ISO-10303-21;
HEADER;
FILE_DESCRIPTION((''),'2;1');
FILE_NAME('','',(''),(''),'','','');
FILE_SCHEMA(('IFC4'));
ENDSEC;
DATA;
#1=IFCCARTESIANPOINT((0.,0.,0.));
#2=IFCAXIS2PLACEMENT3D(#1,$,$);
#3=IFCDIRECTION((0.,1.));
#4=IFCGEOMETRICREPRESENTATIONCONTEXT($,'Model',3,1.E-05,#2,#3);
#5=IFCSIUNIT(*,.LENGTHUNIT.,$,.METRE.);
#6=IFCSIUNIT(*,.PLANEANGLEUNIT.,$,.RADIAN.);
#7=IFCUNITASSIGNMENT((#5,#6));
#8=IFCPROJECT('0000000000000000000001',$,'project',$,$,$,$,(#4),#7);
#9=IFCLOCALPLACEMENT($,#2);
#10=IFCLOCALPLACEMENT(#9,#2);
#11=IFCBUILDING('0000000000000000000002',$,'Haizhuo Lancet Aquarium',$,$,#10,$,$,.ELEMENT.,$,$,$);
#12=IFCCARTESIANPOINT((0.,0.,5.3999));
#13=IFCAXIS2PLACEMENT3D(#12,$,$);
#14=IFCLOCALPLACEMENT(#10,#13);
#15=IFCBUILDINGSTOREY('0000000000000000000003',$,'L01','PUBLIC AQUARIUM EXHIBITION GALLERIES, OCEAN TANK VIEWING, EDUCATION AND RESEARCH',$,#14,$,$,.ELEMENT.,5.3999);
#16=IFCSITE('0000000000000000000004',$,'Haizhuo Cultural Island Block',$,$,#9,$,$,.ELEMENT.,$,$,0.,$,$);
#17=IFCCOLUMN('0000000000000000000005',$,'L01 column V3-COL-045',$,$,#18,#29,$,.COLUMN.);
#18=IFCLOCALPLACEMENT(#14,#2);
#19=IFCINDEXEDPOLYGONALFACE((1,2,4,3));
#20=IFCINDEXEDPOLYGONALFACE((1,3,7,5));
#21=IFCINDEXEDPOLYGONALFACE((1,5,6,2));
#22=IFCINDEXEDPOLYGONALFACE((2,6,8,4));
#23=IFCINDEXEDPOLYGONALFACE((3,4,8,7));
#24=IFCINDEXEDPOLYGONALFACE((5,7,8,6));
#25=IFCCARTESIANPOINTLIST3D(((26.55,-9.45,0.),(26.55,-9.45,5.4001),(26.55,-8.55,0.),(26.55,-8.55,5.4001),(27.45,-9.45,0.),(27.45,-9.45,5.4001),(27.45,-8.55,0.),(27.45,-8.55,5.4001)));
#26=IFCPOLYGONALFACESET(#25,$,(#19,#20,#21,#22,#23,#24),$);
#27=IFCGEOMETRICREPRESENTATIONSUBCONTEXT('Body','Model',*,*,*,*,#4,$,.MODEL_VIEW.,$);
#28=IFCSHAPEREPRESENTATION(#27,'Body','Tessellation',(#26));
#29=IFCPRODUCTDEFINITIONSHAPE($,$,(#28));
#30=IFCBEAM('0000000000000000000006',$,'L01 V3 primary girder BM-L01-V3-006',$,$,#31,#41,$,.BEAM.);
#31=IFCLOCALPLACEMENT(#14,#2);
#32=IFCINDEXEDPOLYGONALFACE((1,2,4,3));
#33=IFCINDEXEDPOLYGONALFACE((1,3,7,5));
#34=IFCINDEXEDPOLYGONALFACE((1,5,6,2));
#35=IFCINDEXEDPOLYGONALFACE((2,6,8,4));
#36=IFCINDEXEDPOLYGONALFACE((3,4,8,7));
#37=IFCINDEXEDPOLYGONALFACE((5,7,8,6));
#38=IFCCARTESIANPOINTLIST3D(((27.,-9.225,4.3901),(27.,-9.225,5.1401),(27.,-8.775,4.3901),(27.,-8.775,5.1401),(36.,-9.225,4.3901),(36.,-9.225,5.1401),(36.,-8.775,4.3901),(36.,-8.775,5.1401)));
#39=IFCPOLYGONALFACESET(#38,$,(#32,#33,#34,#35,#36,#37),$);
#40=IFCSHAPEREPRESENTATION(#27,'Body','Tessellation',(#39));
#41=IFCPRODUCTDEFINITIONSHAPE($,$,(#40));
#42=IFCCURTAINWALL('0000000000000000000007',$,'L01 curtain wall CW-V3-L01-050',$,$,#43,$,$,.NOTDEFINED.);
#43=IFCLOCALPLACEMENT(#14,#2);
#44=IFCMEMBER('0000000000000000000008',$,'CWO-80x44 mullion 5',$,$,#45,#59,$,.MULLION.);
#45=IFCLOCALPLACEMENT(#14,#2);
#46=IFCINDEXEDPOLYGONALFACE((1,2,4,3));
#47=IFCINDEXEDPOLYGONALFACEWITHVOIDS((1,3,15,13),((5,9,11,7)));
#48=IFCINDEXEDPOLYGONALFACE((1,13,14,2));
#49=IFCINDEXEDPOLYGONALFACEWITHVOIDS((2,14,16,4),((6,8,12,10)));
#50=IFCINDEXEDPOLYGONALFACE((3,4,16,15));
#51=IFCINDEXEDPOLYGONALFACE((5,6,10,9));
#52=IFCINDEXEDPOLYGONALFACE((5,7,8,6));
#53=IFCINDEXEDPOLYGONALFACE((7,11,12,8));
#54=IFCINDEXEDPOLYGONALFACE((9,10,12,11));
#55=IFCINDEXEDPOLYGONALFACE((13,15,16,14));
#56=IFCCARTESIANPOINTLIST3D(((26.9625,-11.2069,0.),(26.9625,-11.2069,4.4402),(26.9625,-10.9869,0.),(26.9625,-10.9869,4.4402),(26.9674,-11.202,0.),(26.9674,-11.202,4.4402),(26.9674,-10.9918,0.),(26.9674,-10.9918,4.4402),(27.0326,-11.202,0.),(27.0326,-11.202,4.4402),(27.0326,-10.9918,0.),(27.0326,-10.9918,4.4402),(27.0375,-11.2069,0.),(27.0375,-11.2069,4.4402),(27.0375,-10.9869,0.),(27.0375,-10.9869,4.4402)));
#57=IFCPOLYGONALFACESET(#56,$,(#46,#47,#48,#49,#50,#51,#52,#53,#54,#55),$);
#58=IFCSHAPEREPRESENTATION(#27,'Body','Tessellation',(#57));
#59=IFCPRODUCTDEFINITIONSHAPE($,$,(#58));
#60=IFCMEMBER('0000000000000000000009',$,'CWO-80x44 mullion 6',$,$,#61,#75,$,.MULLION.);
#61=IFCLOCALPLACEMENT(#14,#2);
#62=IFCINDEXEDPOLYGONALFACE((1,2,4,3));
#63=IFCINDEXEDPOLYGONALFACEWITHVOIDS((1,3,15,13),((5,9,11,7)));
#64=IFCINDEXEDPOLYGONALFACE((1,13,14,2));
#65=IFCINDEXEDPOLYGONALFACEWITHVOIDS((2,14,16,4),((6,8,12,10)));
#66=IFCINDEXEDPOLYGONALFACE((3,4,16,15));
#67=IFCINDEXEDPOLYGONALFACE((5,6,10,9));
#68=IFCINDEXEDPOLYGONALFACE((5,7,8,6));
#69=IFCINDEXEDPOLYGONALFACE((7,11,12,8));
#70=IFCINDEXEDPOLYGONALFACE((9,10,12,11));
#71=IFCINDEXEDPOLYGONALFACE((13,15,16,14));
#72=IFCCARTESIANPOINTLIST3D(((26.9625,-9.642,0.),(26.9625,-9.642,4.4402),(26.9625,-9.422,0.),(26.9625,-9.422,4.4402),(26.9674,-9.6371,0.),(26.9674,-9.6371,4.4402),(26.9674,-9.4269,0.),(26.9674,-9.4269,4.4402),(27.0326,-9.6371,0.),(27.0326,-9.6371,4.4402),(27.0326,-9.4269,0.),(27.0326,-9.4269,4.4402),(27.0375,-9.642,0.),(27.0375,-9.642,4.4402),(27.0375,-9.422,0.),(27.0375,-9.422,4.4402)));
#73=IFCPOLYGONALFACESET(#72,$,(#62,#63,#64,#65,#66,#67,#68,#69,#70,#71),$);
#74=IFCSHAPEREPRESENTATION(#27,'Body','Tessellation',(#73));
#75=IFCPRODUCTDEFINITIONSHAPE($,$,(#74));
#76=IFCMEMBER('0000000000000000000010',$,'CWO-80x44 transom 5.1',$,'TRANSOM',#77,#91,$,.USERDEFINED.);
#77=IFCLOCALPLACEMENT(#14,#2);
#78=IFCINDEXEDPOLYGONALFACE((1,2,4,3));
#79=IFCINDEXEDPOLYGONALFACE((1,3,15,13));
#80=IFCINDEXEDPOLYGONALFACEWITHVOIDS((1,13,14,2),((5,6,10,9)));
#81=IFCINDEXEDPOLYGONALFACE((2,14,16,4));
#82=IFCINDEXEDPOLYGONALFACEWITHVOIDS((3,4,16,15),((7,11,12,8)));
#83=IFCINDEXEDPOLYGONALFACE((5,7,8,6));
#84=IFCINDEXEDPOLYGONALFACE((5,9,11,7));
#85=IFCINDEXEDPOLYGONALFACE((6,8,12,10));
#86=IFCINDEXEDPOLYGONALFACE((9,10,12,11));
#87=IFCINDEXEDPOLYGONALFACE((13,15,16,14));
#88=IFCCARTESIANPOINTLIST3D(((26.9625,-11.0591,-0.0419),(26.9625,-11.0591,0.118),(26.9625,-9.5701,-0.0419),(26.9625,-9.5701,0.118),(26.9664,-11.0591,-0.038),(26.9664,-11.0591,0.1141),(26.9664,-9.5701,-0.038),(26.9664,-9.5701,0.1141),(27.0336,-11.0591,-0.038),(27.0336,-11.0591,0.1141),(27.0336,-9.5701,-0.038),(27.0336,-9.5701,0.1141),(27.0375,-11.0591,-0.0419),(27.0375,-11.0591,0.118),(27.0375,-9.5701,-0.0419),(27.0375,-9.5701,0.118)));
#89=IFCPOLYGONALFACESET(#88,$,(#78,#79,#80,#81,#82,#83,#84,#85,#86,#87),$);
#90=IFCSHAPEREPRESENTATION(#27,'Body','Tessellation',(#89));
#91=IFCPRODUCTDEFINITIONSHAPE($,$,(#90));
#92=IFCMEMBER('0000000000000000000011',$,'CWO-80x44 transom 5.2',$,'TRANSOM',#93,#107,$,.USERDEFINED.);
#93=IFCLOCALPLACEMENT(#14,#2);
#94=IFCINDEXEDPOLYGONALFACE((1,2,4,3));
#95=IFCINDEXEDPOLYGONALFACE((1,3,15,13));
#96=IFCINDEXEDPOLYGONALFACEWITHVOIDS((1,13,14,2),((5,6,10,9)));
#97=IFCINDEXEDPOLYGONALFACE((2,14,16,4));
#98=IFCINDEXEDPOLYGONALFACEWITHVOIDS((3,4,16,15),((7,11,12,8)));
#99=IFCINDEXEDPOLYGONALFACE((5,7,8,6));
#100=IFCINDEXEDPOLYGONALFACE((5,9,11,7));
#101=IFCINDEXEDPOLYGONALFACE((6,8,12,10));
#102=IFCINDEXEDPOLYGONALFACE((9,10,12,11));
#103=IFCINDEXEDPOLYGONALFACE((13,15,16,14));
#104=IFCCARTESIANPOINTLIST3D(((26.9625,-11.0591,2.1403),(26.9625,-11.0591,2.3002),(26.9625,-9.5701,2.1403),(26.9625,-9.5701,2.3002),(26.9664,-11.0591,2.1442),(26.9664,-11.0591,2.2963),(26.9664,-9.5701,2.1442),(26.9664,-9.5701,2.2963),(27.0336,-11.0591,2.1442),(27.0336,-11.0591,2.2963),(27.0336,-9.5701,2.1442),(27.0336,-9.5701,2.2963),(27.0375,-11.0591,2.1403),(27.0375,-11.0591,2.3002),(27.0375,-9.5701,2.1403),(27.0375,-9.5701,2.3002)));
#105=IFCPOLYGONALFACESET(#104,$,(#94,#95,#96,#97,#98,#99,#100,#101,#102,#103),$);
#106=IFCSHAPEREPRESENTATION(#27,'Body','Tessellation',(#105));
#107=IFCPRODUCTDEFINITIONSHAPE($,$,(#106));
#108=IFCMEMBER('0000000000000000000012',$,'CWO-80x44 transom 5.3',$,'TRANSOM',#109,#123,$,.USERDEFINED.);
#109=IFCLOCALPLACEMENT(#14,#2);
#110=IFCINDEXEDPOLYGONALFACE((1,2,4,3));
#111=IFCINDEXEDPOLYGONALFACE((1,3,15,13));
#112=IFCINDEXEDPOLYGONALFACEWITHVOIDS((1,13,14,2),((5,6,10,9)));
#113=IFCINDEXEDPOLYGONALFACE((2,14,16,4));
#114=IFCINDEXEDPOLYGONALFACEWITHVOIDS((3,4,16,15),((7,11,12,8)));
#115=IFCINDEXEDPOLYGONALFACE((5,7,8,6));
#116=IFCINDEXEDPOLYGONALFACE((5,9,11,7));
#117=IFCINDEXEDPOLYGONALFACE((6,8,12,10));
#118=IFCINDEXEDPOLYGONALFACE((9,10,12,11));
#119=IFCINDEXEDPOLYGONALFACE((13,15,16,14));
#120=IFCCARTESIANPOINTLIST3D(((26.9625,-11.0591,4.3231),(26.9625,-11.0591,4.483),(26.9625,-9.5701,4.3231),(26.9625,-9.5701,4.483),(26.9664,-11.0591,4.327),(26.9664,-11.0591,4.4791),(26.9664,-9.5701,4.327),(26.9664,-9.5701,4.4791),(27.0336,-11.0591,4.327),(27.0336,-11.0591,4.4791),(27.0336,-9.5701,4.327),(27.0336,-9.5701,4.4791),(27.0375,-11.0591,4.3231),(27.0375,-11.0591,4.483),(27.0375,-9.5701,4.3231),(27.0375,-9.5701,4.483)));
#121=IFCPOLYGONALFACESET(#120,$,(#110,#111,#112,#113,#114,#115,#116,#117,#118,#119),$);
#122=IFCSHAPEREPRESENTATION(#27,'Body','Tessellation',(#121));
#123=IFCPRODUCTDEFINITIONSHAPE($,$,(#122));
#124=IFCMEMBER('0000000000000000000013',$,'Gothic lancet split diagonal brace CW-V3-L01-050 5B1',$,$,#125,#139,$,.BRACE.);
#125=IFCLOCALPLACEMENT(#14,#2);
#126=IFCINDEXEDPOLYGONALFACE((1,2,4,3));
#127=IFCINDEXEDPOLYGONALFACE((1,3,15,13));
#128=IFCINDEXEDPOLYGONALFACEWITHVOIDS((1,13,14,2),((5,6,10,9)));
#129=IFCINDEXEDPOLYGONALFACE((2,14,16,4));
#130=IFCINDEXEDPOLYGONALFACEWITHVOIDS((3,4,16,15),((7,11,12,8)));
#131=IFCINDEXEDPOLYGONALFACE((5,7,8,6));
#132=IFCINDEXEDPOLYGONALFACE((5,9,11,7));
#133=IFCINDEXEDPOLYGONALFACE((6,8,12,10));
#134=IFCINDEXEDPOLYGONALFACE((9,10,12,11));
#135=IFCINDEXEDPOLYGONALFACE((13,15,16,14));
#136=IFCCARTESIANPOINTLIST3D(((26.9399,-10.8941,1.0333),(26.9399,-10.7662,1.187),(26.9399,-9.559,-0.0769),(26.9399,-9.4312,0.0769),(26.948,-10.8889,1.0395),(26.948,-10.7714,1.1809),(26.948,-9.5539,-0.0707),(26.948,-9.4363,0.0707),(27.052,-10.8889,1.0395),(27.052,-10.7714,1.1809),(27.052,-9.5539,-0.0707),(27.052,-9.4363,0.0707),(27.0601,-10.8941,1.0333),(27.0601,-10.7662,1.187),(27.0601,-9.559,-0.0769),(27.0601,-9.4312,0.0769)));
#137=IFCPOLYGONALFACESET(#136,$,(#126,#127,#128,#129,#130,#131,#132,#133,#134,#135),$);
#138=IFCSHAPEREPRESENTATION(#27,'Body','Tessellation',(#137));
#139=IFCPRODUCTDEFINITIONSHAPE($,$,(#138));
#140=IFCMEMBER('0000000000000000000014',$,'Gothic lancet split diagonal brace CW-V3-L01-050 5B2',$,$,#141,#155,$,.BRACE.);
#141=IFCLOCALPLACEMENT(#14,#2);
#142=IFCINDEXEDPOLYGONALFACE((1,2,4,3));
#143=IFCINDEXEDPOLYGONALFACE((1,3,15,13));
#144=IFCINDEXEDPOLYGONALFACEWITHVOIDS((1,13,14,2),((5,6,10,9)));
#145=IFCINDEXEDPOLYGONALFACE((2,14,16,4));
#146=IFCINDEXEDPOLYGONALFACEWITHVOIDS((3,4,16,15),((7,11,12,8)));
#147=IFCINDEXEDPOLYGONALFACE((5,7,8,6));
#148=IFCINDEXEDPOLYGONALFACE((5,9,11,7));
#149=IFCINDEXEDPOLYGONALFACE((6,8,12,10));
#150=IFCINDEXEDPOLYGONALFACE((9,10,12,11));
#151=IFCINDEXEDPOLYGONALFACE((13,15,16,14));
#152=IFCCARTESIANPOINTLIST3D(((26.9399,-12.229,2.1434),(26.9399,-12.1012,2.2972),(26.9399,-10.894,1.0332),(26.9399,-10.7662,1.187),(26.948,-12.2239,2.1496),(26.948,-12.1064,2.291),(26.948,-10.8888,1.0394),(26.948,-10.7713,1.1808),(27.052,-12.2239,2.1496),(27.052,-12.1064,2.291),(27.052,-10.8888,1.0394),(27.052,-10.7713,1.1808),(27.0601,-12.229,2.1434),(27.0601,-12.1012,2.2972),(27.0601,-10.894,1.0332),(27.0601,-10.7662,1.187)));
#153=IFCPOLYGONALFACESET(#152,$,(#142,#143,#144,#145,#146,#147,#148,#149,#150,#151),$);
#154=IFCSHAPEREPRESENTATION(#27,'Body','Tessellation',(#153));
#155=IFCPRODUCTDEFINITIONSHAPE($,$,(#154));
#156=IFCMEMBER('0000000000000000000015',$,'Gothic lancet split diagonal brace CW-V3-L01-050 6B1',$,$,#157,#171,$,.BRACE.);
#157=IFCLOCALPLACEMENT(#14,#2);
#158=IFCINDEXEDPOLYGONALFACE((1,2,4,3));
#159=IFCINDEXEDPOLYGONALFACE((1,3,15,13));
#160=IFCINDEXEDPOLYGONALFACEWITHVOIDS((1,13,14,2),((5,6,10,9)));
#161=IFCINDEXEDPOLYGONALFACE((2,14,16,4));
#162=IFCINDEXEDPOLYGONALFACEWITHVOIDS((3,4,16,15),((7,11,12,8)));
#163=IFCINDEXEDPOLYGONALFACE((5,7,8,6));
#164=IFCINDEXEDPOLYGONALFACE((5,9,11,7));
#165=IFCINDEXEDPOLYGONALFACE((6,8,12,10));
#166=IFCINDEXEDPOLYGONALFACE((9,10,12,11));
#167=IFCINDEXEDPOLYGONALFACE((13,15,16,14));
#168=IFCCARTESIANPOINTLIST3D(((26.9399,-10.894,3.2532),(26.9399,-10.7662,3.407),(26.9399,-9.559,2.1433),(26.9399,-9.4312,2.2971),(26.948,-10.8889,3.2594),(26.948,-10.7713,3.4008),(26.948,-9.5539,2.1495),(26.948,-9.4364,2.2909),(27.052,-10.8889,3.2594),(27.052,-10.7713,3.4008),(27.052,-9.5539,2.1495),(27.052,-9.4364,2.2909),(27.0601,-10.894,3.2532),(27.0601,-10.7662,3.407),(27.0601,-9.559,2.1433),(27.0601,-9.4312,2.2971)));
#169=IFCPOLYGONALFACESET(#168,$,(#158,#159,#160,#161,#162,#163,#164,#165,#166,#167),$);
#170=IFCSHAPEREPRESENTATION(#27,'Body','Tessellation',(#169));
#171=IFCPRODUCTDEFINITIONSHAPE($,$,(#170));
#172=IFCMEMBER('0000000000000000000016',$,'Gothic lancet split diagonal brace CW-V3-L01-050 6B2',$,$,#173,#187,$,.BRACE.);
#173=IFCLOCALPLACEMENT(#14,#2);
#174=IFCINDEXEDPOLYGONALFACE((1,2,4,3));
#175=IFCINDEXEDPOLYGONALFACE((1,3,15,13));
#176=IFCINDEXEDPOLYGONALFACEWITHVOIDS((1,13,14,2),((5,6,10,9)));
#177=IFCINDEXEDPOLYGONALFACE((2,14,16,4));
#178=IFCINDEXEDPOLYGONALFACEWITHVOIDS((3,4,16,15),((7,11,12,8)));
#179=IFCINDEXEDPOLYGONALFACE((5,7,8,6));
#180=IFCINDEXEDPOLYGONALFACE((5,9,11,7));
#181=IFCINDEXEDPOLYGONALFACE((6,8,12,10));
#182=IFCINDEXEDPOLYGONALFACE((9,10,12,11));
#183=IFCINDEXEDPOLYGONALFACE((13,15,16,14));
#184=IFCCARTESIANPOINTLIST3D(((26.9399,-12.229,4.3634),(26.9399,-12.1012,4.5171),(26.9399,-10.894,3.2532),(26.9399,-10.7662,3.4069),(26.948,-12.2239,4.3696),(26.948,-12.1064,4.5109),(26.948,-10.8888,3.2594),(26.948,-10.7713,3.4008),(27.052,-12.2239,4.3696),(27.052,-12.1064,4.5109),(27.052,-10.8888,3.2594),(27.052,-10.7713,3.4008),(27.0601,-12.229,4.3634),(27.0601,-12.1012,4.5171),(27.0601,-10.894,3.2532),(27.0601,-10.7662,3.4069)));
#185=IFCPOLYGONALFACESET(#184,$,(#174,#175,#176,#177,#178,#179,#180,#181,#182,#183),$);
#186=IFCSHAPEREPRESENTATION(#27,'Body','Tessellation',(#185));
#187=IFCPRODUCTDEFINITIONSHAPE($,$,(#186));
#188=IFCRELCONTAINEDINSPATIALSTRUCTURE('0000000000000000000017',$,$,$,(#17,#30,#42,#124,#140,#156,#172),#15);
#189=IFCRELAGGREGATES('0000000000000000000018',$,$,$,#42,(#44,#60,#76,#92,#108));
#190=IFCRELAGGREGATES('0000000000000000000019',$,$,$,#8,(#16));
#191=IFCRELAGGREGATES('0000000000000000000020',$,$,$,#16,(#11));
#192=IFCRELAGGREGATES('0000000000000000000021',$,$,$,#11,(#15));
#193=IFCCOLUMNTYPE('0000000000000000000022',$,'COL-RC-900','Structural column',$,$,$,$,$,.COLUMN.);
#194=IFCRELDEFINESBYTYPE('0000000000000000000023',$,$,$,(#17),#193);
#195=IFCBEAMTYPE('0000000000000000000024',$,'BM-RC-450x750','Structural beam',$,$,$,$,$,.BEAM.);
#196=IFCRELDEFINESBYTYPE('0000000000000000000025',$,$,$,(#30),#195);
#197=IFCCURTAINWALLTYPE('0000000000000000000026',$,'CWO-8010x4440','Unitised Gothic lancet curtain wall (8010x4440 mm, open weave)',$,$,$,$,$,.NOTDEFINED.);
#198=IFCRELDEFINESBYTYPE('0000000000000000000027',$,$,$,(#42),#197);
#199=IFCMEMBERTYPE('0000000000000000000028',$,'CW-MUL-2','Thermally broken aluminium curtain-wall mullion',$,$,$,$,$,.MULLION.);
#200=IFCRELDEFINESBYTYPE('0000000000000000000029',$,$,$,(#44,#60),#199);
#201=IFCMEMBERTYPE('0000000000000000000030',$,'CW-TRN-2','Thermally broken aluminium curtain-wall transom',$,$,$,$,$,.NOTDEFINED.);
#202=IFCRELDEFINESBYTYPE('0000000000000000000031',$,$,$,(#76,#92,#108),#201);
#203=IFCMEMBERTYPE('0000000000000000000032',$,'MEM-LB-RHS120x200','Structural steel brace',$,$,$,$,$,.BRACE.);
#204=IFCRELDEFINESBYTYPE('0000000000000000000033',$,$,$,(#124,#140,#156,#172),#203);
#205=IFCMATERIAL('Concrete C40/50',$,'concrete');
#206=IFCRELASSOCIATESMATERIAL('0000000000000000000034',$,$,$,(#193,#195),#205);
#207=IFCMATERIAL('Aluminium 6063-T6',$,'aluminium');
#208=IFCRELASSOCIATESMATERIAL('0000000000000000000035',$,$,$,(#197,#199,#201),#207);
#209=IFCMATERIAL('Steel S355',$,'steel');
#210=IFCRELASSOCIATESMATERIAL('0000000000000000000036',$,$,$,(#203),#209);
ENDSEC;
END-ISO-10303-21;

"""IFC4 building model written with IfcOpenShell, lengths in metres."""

from ifc_helpers import new_model, si_unit, direction, frame, origin, origin_2d, place, context, subcontext, project, spatial, rectangle, hollow_rectangle, extrude, material, material_profile, profile_set, type_object, element, aggregate, save


model = new_model("IFC4")

# Units and contexts
model_context = context("Model", 3, precision=1e-05, world=origin(), true_north=direction((0.0, 1.0)))
body_context = subcontext(model_context, "Body", "Model", "MODEL_VIEW")
ifc_project = project(units=[si_unit("LENGTHUNIT", "METRE"), si_unit("PLANEANGLEUNIT", "RADIAN")], contexts=[model_context])

# Site, building, storey
site_placement = place(None, origin())
site = spatial("IfcSite", under=ifc_project, at=site_placement, Name="Haizhuo Cultural Island Block", CompositionType="ELEMENT", RefElevation=0.0)
building_placement = place(site_placement, origin())
building = spatial("IfcBuilding", under=site, at=building_placement, Name="Haizhuo Lancet Aquarium", CompositionType="ELEMENT")
storey_placement = place(building_placement, frame((0.0, 0.0, 5.3999)))
storey = spatial("IfcBuildingStorey", under=building, at=storey_placement, Name="L01", Description="PUBLIC AQUARIUM EXHIBITION GALLERIES, OCEAN TANK VIEWING, EDUCATION AND RESEARCH", CompositionType="ELEMENT", Elevation=5.3999)

# Column
ifc_material_1 = material(Name="Concrete C40/50", Category="concrete")
ifc_material_profile_1 = material_profile(ifc_material_1, rectangle(XDim=0.8999, YDim=0.8999, at=origin_2d()), Name="RC-COL 900x900")
ifc_profile_set_1 = profile_set([ifc_material_profile_1], Name="Concrete C40/50")
column_type_1 = type_object("IfcColumnType", Name="COL-RC-900", Description="Structural column", PredefinedType="COLUMN", material=ifc_profile_set_1)
column_1_placement = place(storey_placement, frame((27.0, -9.0, 0.0), z_axis=(0.0, 0.0, 1.0), x_axis=(1.0, 0.0, 0.0)))
element("IfcColumn", 1, at=column_1_placement, inside=storey, type_object=column_type_1, Name="L01 column V3-COL-045", PredefinedType="COLUMN", context=body_context, shape_type="SweptSolid", body=[
    extrude(rectangle(XDim=0.8999, YDim=0.8999, at=origin_2d()), origin(), (0.0, 0.0, 1.0), 5.4001),
])

# Beam
ifc_material_profile_2 = material_profile(ifc_material_1, rectangle(XDim=0.45, YDim=0.75, at=origin_2d()), Name="RC-BM 450x750")
ifc_profile_set_2 = profile_set([ifc_material_profile_2], Name="Concrete C40/50")
beam_type_1 = type_object("IfcBeamType", Name="BM-RC-450x750", Description="Structural beam", PredefinedType="BEAM", material=ifc_profile_set_2)
beam_1_placement = place(storey_placement, frame((27.0, -9.0, 4.7651), z_axis=(1.0, 0.0, 0.0), x_axis=(0.0, 1.0, 0.0)))
element("IfcBeam", 2, at=beam_1_placement, inside=storey, type_object=beam_type_1, Name="L01 V3 primary girder BM-L01-V3-006", PredefinedType="BEAM", context=body_context, shape_type="SweptSolid", body=[
    extrude(rectangle(XDim=0.45, YDim=0.75, at=origin_2d()), origin(), (0.0, 0.0, 1.0), 9.0),
])

# Curtain wall, members
ifc_material_2 = material(Name="Aluminium 6063-T6", Category="aluminium")
curtain_wall_type = type_object("IfcCurtainWallType", Name="CWO-8010x4440", Description="Unitised Gothic lancet curtain wall (8010x4440 mm, open weave)", PredefinedType="NOTDEFINED", material=ifc_material_2)
curtain_wall_placement = place(storey_placement, origin())
curtain_wall = element("IfcCurtainWall", 3, at=curtain_wall_placement, inside=storey, type_object=curtain_wall_type, Name="L01 curtain wall CW-V3-L01-050", PredefinedType="NOTDEFINED")
ifc_material_profile_3 = material_profile(ifc_material_2, hollow_rectangle(XDim=0.075, YDim=0.22, WallThickness=0.0049, at=origin_2d()), Name="ALU-M 75x220x5")
ifc_profile_set_3 = profile_set([ifc_material_profile_3], Name="Aluminium 6063-T6")
member_type_1 = type_object("IfcMemberType", Name="CW-MUL-2", Description="Thermally broken aluminium curtain-wall mullion", PredefinedType="MULLION", material=ifc_profile_set_3)
member_1_placement = place(storey_placement, frame((27.0, -11.0969, 0.0), z_axis=(0.0, 0.0, 1.0), x_axis=(-1.0, 0.0, 0.0)))
member_1 = element("IfcMember", 4, at=member_1_placement, type_object=member_type_1, Name="CWO-80x44 mullion 5", PredefinedType="MULLION", context=body_context, shape_type="SweptSolid", body=[
    extrude(hollow_rectangle(XDim=0.075, YDim=0.22, WallThickness=0.0049, at=origin_2d()), origin(), (0.0, 0.0, 1.0), 4.4402),
])
member_2_placement = place(storey_placement, frame((27.0, -9.532, 0.0), z_axis=(0.0, 0.0, 1.0), x_axis=(-1.0, 0.0, 0.0)))
member_2 = element("IfcMember", 5, at=member_2_placement, type_object=member_type_1, Name="CWO-80x44 mullion 6", PredefinedType="MULLION", context=body_context, shape_type="SweptSolid", body=[
    extrude(hollow_rectangle(XDim=0.075, YDim=0.22, WallThickness=0.0049, at=origin_2d()), origin(), (0.0, 0.0, 1.0), 4.4402),
])
ifc_material_profile_4 = material_profile(ifc_material_2, hollow_rectangle(XDim=0.075, YDim=0.1599, WallThickness=0.0039, at=origin_2d()), Name="ALU-T 75x160x4")
ifc_profile_set_4 = profile_set([ifc_material_profile_4], Name="Aluminium 6063-T6")
member_type_2 = type_object("IfcMemberType", Name="CW-TRN-2", Description="Thermally broken aluminium curtain-wall transom", PredefinedType="NOTDEFINED", material=ifc_profile_set_4)
member_3_placement = place(storey_placement, frame((27.0, -11.0591, 0.0381), z_axis=(0.0, 1.0, 0.0), x_axis=(-1.0, 0.0, 0.0)))
member_3 = element("IfcMember", 6, at=member_3_placement, type_object=member_type_2, Name="CWO-80x44 transom 5.1", ObjectType="TRANSOM", PredefinedType="USERDEFINED", context=body_context, shape_type="SweptSolid", body=[
    extrude(hollow_rectangle(XDim=0.075, YDim=0.1599, WallThickness=0.0039, at=origin_2d()), origin(), (0.0, 0.0, 1.0), 1.489),
])
member_4_placement = place(storey_placement, frame((27.0, -11.0591, 2.2202), z_axis=(0.0, 1.0, 0.0), x_axis=(-1.0, 0.0, 0.0)))
member_4 = element("IfcMember", 7, at=member_4_placement, type_object=member_type_2, Name="CWO-80x44 transom 5.2", ObjectType="TRANSOM", PredefinedType="USERDEFINED", context=body_context, shape_type="SweptSolid", body=[
    extrude(hollow_rectangle(XDim=0.075, YDim=0.1599, WallThickness=0.0039, at=origin_2d()), origin(), (0.0, 0.0, 1.0), 1.489),
])
member_5_placement = place(storey_placement, frame((27.0, -11.0591, 4.4031), z_axis=(0.0, 1.0, 0.0), x_axis=(-1.0, 0.0, 0.0)))
member_5 = element("IfcMember", 8, at=member_5_placement, type_object=member_type_2, Name="CWO-80x44 transom 5.3", ObjectType="TRANSOM", PredefinedType="USERDEFINED", context=body_context, shape_type="SweptSolid", body=[
    extrude(hollow_rectangle(XDim=0.075, YDim=0.1599, WallThickness=0.0039, at=origin_2d()), origin(), (0.0, 0.0, 1.0), 1.489),
])

# Members
ifc_material_3 = material(Name="Steel S355", Category="steel")
ifc_material_profile_5 = material_profile(ifc_material_3, hollow_rectangle(XDim=0.1201, YDim=0.2, WallThickness=0.0081, at=origin_2d()), Name="RHS 120x200x8")
ifc_profile_set_5 = profile_set([ifc_material_profile_5], Name="Steel S355")
member_type_3 = type_object("IfcMemberType", Name="MEM-LB-RHS120x200", Description="Structural steel brace", PredefinedType="BRACE", material=ifc_profile_set_5)
for number, where, z_axis, x_axis, name in (
    (9, (27.0, -9.4951, 0.0), (0.0, -0.768889, 0.639382), (1.0, 0.0, 0.0), "Gothic lancet split diagonal brace CW-V3-L01-050 5B1"),
    (10, (27.0, -10.8301, 1.1101), (0.0, -0.768889, 0.639382), (1.0, 0.0, 0.0), "Gothic lancet split diagonal brace CW-V3-L01-050 5B2"),
):
    element("IfcMember", number, at=place(storey_placement, frame(where, z_axis=z_axis, x_axis=x_axis)), inside=storey, type_object=member_type_3, Name=name, PredefinedType="BRACE", context=body_context, shape_type="SweptSolid", body=[
        extrude(hollow_rectangle(XDim=0.1201, YDim=0.2, WallThickness=0.0081, at=origin_2d()), origin(), (0.0, 0.0, 1.0), 1.7363),
    ])
member_6_placement = place(storey_placement, frame((27.0, -9.4951, 2.2202), z_axis=(0.0, -0.768958, 0.639299), x_axis=(1.0, 0.0, 0.0)))
element("IfcMember", 11, at=member_6_placement, inside=storey, type_object=member_type_3, Name="Gothic lancet split diagonal brace CW-V3-L01-050 6B1", PredefinedType="BRACE", context=body_context, shape_type="SweptSolid", body=[
    extrude(hollow_rectangle(XDim=0.1201, YDim=0.2, WallThickness=0.0081, at=origin_2d()), origin(), (0.0, 0.0, 1.0), 1.7361),
])
member_7_placement = place(storey_placement, frame((27.0, -10.8301, 3.3301), z_axis=(0.0, -0.768889, 0.639382), x_axis=(1.0, 0.0, 0.0)))
element("IfcMember", 12, at=member_7_placement, inside=storey, type_object=member_type_3, Name="Gothic lancet split diagonal brace CW-V3-L01-050 6B2", PredefinedType="BRACE", context=body_context, shape_type="SweptSolid", body=[
    extrude(hollow_rectangle(XDim=0.1201, YDim=0.2, WallThickness=0.0081, at=origin_2d()), origin(), (0.0, 0.0, 1.0), 1.7363),
])

aggregate(curtain_wall, [member_1, member_2, member_3, member_4, member_5])

save(model, "model.ifc")
